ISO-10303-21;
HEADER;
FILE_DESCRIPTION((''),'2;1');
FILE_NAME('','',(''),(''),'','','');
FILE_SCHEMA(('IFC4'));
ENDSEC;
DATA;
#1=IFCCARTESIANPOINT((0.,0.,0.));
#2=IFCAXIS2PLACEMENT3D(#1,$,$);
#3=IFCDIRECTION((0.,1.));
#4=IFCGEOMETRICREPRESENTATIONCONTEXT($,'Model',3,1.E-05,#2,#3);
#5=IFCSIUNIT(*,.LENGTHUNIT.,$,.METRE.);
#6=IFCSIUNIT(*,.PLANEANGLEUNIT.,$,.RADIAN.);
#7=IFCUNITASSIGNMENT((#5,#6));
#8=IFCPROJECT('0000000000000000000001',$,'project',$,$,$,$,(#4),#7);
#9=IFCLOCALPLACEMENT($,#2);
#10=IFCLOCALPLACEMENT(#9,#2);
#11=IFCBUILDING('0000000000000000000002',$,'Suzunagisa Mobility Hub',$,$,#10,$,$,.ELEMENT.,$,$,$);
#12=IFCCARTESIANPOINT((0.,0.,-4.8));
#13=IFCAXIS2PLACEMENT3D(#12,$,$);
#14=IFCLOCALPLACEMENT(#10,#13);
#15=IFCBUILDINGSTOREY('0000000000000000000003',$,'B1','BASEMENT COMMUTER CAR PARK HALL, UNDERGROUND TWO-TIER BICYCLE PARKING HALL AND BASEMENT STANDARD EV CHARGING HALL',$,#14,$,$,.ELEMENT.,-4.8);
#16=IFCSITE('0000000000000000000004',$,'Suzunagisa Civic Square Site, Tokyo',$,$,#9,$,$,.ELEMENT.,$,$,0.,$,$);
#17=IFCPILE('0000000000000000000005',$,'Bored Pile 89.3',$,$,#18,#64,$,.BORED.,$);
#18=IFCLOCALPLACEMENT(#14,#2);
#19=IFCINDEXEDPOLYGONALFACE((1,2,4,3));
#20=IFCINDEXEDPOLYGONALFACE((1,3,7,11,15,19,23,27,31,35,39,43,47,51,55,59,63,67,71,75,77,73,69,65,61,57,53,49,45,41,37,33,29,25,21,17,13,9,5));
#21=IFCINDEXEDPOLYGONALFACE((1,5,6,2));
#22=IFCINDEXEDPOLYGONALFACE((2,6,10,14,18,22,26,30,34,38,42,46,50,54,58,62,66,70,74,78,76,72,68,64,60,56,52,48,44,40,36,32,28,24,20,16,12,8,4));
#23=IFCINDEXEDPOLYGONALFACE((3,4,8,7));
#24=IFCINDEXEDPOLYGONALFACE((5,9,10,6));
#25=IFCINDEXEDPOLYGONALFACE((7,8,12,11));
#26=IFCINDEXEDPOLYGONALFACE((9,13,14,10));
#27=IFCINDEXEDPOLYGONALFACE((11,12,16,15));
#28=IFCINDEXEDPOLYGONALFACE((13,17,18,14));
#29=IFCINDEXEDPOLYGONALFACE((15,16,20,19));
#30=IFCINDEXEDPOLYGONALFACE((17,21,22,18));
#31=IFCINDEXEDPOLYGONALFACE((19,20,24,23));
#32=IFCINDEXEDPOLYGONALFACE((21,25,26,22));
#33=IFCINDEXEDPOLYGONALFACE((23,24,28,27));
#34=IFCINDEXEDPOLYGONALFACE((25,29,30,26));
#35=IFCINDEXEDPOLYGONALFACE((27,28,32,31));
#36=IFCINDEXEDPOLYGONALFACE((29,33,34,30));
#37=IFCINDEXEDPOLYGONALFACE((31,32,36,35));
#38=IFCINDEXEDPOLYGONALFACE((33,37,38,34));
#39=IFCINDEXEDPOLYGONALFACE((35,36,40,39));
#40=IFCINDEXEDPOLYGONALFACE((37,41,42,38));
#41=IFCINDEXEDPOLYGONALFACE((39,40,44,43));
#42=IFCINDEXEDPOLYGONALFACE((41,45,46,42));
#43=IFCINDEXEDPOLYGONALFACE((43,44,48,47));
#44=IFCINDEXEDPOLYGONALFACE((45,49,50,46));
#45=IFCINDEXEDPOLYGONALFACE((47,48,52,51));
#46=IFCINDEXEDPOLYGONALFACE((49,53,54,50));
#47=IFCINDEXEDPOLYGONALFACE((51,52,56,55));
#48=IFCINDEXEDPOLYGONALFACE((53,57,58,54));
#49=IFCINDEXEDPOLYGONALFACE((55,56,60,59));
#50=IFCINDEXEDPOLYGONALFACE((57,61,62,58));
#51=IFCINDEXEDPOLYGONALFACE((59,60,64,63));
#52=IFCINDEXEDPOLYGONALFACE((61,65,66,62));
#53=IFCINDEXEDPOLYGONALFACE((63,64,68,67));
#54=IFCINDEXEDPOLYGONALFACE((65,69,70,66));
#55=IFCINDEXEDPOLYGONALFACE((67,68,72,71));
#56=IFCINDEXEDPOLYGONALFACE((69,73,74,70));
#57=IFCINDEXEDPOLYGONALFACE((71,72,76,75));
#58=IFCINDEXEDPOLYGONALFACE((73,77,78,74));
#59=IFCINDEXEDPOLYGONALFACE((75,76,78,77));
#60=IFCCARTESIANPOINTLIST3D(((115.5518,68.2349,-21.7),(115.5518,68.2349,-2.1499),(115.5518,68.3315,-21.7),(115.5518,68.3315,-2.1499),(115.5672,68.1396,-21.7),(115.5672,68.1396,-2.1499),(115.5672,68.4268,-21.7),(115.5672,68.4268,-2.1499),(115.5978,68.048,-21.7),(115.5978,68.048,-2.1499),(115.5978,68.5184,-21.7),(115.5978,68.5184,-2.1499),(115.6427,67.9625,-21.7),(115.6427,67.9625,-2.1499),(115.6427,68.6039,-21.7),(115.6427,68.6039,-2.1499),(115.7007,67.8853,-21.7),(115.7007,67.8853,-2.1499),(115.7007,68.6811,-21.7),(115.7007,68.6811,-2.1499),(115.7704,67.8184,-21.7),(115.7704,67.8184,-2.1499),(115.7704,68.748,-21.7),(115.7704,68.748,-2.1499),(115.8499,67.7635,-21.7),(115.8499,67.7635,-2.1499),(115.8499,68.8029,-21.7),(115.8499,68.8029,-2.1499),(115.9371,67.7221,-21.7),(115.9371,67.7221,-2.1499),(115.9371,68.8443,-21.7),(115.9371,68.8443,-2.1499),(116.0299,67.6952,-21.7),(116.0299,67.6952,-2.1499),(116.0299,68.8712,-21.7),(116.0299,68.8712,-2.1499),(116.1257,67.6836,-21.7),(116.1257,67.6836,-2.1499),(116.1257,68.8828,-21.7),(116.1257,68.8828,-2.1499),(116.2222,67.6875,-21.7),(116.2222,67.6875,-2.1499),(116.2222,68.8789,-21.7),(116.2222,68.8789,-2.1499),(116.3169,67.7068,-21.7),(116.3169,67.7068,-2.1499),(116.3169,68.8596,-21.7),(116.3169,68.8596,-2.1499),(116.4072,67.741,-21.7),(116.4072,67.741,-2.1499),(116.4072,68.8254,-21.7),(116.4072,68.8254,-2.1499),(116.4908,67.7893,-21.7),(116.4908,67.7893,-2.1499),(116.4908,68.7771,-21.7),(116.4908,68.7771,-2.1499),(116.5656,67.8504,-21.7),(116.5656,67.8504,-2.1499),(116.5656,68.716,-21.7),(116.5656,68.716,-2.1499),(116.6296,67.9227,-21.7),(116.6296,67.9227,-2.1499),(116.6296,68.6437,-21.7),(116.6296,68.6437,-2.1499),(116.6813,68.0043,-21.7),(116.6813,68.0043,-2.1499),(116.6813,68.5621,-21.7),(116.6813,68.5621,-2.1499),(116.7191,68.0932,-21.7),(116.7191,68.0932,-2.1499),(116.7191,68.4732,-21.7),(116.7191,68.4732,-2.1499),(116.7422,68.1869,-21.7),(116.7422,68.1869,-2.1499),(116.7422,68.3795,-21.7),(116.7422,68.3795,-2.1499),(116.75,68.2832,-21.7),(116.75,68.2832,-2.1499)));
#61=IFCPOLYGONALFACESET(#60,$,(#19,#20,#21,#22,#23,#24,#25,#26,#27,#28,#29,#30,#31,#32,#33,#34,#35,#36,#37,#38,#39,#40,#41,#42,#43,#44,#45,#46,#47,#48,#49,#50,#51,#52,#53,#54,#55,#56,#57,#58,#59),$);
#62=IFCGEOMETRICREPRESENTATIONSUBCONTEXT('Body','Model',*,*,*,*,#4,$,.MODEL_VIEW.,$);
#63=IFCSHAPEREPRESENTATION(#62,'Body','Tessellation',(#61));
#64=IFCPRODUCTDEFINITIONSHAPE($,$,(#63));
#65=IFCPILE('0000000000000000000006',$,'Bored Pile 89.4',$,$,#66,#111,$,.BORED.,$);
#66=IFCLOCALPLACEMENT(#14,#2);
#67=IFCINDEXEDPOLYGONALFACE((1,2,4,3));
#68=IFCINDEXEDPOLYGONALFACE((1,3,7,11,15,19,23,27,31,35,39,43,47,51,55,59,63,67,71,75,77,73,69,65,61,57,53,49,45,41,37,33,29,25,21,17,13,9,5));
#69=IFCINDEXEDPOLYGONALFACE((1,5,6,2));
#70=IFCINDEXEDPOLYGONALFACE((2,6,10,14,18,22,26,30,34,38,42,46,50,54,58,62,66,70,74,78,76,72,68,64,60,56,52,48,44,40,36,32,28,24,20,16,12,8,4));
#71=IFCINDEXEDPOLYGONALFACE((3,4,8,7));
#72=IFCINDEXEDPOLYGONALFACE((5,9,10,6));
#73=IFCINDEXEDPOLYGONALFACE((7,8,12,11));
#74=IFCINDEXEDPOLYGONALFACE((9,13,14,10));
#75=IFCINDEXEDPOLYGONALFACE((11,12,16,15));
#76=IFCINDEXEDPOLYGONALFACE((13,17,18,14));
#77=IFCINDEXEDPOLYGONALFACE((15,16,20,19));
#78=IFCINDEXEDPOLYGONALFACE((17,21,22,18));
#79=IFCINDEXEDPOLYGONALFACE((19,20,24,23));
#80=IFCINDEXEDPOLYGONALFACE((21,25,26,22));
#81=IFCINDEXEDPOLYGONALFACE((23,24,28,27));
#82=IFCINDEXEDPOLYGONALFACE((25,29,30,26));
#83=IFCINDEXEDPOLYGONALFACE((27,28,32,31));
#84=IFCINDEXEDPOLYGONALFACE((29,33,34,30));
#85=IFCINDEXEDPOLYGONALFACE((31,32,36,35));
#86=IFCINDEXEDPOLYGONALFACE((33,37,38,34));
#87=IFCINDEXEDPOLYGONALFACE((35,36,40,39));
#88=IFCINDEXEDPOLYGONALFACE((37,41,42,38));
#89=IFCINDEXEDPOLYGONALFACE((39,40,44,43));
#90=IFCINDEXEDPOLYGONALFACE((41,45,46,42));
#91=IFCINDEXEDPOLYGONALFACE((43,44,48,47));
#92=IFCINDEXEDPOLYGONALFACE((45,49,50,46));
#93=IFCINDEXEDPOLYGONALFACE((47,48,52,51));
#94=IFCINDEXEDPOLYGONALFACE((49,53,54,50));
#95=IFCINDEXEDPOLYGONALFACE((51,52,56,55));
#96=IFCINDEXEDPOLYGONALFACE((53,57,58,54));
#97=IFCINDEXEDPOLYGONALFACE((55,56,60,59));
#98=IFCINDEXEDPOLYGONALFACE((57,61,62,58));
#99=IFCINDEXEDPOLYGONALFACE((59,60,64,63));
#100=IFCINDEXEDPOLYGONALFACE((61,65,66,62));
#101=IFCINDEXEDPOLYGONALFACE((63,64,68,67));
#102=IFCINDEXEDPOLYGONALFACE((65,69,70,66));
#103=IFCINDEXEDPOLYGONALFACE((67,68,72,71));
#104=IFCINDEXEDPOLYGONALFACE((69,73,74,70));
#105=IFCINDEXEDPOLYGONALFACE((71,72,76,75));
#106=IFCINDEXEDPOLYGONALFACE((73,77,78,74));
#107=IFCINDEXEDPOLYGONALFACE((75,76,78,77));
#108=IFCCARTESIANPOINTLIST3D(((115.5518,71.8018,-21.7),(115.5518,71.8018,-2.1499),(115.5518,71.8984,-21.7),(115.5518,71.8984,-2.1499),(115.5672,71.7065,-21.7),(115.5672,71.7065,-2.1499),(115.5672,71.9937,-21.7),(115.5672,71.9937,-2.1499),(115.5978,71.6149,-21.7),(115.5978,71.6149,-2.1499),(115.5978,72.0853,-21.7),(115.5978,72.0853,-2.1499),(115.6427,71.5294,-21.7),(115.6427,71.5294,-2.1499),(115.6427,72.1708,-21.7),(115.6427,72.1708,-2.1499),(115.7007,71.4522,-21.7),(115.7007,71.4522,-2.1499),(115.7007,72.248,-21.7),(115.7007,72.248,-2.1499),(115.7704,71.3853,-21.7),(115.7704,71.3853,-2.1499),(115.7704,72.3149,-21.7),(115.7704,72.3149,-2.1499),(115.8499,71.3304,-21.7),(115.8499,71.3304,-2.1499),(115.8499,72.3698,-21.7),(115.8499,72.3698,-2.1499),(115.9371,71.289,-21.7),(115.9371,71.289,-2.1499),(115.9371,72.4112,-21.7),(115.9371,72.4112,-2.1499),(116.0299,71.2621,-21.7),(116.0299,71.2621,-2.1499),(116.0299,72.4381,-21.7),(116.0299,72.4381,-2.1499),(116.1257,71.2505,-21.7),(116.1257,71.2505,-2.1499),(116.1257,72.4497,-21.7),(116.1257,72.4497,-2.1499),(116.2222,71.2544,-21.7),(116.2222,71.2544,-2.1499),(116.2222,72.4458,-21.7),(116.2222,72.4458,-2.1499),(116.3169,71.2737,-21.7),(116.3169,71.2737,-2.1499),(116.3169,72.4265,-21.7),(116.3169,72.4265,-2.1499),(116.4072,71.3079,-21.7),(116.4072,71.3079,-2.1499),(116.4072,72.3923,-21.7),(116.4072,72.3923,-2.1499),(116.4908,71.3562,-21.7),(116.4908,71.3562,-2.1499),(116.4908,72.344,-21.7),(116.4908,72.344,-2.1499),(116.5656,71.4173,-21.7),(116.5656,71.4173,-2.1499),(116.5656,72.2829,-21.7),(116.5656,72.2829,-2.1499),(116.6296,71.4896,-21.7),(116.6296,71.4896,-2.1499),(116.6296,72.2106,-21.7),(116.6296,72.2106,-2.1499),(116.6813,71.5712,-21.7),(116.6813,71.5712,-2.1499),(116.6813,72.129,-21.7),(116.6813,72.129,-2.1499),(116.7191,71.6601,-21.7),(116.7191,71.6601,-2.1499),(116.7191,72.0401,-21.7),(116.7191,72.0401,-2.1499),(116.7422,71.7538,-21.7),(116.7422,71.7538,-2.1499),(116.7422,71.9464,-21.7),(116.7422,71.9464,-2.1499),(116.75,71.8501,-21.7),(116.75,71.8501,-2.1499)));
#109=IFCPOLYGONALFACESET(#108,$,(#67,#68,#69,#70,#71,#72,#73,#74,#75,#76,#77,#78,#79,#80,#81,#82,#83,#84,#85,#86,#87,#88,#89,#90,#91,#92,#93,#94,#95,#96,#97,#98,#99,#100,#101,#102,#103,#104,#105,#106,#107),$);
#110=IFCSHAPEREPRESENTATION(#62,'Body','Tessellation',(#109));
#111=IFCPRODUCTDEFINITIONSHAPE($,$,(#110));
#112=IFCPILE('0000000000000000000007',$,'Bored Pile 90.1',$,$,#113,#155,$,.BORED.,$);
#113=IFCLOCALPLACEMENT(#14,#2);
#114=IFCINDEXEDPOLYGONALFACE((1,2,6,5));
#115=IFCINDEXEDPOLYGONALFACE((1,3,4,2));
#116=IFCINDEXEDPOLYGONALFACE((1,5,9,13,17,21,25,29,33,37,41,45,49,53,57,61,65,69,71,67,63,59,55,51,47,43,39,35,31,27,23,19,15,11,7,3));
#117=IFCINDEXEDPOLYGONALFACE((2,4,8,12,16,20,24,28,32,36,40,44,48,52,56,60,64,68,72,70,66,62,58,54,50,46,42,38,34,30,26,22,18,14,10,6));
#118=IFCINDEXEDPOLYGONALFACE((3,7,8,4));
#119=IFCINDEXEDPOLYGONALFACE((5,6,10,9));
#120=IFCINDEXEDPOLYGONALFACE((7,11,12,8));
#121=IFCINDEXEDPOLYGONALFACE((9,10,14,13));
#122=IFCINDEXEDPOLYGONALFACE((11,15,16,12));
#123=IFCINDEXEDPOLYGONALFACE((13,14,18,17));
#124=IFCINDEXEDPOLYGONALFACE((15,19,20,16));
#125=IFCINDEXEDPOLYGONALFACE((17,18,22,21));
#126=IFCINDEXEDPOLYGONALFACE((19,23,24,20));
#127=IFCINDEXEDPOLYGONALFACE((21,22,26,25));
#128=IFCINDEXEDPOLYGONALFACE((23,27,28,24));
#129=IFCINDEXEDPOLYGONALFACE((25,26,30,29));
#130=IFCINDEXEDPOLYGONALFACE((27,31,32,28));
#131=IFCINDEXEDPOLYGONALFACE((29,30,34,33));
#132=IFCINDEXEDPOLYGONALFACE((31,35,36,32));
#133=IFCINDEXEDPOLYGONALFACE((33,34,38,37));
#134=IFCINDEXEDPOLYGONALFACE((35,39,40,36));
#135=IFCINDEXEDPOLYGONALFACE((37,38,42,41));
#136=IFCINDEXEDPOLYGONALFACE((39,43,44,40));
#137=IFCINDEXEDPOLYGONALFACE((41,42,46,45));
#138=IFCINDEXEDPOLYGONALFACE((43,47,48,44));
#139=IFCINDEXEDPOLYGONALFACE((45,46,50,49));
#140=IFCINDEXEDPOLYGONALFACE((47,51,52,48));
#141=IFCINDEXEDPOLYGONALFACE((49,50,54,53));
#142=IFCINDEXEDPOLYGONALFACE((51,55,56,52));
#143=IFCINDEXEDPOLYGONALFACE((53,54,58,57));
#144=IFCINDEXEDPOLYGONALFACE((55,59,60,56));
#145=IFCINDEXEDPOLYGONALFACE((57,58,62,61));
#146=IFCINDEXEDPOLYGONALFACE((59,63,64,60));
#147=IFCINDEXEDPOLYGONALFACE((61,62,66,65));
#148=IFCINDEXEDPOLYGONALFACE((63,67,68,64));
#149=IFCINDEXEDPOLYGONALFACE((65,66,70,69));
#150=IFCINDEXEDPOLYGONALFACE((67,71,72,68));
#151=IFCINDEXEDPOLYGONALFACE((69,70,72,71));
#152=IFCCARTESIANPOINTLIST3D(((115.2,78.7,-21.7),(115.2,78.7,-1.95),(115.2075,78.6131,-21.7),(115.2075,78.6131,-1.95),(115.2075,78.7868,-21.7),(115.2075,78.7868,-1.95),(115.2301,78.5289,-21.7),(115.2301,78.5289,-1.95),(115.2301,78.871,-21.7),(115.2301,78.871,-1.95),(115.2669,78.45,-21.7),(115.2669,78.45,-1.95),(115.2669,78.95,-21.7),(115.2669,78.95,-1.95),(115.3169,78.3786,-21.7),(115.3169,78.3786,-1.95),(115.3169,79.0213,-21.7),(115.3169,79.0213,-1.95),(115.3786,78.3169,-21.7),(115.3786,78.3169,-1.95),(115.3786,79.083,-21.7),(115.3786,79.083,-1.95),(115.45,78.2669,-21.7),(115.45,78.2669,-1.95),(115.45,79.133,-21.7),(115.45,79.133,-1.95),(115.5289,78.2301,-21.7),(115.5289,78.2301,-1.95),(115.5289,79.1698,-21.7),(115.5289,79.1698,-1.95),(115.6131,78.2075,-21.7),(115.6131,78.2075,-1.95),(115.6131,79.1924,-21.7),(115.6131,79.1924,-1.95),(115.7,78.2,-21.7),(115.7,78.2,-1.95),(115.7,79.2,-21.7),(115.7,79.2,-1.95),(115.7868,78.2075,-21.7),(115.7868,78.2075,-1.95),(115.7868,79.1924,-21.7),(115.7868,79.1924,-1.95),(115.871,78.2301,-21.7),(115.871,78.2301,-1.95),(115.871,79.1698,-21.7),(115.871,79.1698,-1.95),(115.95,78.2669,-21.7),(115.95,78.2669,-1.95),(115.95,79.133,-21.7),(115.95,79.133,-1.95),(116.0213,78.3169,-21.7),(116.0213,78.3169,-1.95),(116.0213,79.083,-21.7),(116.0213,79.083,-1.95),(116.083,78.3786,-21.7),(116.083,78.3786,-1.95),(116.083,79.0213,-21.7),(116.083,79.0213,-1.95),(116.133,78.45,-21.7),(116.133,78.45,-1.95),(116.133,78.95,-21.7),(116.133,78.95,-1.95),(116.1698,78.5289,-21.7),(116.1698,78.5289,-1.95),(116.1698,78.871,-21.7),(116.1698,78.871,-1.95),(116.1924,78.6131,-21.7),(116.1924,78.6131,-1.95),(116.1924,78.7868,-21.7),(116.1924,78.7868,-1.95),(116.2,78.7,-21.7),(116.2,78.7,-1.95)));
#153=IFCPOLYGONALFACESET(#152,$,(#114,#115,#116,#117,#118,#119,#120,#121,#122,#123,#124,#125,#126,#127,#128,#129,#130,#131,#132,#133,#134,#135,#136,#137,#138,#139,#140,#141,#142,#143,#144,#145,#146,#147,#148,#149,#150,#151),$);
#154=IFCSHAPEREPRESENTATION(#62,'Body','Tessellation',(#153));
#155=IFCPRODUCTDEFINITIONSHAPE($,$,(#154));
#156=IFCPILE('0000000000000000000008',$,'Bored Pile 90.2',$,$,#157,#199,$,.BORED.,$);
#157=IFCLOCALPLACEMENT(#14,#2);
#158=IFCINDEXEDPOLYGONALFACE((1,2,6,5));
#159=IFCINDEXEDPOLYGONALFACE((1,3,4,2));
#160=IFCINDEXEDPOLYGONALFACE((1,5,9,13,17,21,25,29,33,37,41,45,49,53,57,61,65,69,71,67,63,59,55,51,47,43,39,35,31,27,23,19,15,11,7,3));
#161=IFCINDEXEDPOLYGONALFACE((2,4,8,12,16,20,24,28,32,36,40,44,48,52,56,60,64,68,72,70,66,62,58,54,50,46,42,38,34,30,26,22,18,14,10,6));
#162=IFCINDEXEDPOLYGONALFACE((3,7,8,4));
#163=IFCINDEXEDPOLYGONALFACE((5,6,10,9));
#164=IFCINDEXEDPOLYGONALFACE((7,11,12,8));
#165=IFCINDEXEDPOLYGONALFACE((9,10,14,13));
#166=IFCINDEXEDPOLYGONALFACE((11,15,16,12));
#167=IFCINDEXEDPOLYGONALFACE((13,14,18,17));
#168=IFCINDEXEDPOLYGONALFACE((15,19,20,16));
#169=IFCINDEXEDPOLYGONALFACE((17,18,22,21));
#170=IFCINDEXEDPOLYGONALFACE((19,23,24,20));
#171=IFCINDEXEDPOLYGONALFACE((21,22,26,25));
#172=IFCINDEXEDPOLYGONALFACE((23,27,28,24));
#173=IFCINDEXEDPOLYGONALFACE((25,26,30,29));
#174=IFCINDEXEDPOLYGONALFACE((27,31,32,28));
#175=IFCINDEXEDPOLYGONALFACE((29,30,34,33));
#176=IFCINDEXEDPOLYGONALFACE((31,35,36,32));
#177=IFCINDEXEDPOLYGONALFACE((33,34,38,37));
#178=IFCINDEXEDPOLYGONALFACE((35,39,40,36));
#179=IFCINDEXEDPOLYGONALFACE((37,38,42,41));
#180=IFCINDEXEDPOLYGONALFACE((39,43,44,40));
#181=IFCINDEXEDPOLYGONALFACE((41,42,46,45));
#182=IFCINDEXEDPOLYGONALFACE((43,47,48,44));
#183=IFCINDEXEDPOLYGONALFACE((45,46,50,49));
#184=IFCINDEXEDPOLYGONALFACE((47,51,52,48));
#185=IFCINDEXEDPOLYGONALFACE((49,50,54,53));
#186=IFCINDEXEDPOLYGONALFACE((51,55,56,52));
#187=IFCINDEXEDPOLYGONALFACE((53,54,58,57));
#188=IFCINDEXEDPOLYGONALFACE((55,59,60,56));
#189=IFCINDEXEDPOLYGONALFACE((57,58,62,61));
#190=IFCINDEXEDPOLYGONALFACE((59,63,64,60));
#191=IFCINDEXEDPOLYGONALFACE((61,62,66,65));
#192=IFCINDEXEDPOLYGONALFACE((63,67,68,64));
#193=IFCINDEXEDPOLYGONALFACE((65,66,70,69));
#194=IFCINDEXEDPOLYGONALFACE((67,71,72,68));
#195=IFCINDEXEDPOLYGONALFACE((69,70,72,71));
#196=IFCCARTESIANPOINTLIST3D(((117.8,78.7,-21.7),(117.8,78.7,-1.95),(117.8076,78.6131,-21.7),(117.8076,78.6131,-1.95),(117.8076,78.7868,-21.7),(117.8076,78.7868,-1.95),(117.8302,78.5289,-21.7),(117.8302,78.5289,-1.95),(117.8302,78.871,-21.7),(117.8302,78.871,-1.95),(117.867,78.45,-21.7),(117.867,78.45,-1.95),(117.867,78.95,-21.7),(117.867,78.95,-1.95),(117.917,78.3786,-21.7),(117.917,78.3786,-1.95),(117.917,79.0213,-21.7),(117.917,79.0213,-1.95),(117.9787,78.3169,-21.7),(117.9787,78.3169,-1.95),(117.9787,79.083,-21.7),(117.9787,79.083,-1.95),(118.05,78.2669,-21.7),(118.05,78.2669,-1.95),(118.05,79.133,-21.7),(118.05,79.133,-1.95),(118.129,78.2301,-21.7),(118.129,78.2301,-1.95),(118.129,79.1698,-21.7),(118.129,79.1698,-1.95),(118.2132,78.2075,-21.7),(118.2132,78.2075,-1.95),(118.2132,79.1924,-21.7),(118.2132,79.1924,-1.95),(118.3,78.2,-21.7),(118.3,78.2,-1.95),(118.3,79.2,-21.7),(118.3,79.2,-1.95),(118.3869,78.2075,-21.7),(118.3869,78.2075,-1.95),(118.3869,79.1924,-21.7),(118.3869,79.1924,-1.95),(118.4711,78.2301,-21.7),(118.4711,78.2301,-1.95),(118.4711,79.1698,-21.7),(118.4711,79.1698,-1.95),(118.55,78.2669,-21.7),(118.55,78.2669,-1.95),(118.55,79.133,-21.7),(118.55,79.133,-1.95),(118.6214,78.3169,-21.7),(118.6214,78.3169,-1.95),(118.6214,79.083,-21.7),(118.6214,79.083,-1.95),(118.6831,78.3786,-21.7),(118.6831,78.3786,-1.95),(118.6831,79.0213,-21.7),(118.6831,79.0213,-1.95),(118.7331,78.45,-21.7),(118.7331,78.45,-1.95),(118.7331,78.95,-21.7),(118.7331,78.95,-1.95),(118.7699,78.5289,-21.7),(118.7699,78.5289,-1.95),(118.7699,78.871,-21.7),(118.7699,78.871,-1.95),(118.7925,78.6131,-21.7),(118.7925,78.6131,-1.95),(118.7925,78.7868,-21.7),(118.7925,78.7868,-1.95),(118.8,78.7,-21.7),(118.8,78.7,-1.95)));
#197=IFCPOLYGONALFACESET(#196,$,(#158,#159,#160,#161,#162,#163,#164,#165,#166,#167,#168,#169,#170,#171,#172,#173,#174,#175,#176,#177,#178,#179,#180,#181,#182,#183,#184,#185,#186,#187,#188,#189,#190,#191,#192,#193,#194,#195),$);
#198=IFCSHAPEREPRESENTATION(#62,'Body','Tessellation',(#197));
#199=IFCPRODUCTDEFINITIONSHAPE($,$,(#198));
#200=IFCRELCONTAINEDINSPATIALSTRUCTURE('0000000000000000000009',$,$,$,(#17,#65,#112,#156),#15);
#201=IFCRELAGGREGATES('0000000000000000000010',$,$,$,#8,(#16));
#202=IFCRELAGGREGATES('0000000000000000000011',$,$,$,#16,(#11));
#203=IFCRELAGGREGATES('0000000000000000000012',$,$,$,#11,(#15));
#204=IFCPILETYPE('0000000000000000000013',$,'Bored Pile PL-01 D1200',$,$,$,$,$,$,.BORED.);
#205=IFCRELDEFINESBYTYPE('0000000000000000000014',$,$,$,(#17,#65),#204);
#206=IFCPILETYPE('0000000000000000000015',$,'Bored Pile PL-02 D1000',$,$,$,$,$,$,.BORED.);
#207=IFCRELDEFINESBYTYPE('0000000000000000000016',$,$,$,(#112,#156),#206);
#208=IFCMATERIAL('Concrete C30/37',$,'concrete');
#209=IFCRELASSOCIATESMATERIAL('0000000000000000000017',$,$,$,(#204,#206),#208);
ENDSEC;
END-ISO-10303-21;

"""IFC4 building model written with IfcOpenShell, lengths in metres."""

from ifc_helpers import new_model, si_unit, direction, frame, origin, origin_2d, place, context, subcontext, project, spatial, circle, extrude, material, material_profile, profile_set, type_object, element, save


model = new_model("IFC4")

# Units and contexts
model_context = context("Model", 3, precision=1e-05, world=origin(), true_north=direction((0.0, 1.0)))
body_context = subcontext(model_context, "Body", "Model", "MODEL_VIEW")
ifc_project = project(units=[si_unit("LENGTHUNIT", "METRE"), si_unit("PLANEANGLEUNIT", "RADIAN")], contexts=[model_context])

# Site, building, storey
site_placement = place(None, origin())
site = spatial("IfcSite", under=ifc_project, at=site_placement, Name="Suzunagisa Civic Square Site, Tokyo", CompositionType="ELEMENT", RefElevation=0.0)
building_placement = place(site_placement, origin())
building = spatial("IfcBuilding", under=site, at=building_placement, Name="Suzunagisa Mobility Hub", CompositionType="ELEMENT")
storey_placement = place(building_placement, frame((0.0, 0.0, -4.8)))
storey = spatial("IfcBuildingStorey", under=building, at=storey_placement, Name="B1", Description="BASEMENT COMMUTER CAR PARK HALL, UNDERGROUND TWO-TIER BICYCLE PARKING HALL AND BASEMENT STANDARD EV CHARGING HALL", CompositionType="ELEMENT", Elevation=-4.8)

# Piles
ifc_material_1 = material(Name="Concrete C30/37", Category="concrete")
ifc_material_profile_1 = material_profile(ifc_material_1, circle(Radius=0.6001, at=origin_2d()), Name="BORED PILE D1200")
ifc_profile_set_1 = profile_set([ifc_material_profile_1], Name="Concrete C30/37")
pile_type_1 = type_object("IfcPileType", Name="Bored Pile PL-01 D1200", PredefinedType="BORED", material=ifc_profile_set_1)
for number, where, z_axis, x_axis, name in (
    (1, (116.1499, 68.2832, -2.1499), (0.0, 0.0, -1.0), (1.0, 0.0, 0.0), "Bored Pile 89.3"),
    (2, (116.1499, 71.8501, -2.1499), (0.0, 0.0, -1.0), (1.0, 0.0, 0.0), "Bored Pile 89.4"),
):
    element("IfcPile", number, at=place(storey_placement, frame(where, z_axis=z_axis, x_axis=x_axis)), inside=storey, type_object=pile_type_1, Name=name, PredefinedType="BORED", context=body_context, shape_type="SweptSolid", body=[
        extrude(circle(Radius=0.6001, at=origin_2d()), origin(), (0.0, 0.0, 1.0), 19.55),
    ])
ifc_material_profile_2 = material_profile(ifc_material_1, circle(Radius=0.5, at=origin_2d()), Name="BORED PILE D1000")
ifc_profile_set_2 = profile_set([ifc_material_profile_2], Name="Concrete C30/37")
pile_type_2 = type_object("IfcPileType", Name="Bored Pile PL-02 D1000", PredefinedType="BORED", material=ifc_profile_set_2)
for number, where, z_axis, x_axis, name in (
    (3, (115.7, 78.7, -1.95), (0.0, 0.0, -1.0), (1.0, 0.0, 0.0), "Bored Pile 90.1"),
    (4, (118.3, 78.7, -1.95), (0.0, 0.0, -1.0), (1.0, 0.0, 0.0), "Bored Pile 90.2"),
):
    element("IfcPile", number, at=place(storey_placement, frame(where, z_axis=z_axis, x_axis=x_axis)), inside=storey, type_object=pile_type_2, Name=name, PredefinedType="BORED", context=body_context, shape_type="SweptSolid", body=[
        extrude(circle(Radius=0.5, at=origin_2d()), origin(), (0.0, 0.0, 1.0), 19.75),
    ])

save(model, "model.ifc")
